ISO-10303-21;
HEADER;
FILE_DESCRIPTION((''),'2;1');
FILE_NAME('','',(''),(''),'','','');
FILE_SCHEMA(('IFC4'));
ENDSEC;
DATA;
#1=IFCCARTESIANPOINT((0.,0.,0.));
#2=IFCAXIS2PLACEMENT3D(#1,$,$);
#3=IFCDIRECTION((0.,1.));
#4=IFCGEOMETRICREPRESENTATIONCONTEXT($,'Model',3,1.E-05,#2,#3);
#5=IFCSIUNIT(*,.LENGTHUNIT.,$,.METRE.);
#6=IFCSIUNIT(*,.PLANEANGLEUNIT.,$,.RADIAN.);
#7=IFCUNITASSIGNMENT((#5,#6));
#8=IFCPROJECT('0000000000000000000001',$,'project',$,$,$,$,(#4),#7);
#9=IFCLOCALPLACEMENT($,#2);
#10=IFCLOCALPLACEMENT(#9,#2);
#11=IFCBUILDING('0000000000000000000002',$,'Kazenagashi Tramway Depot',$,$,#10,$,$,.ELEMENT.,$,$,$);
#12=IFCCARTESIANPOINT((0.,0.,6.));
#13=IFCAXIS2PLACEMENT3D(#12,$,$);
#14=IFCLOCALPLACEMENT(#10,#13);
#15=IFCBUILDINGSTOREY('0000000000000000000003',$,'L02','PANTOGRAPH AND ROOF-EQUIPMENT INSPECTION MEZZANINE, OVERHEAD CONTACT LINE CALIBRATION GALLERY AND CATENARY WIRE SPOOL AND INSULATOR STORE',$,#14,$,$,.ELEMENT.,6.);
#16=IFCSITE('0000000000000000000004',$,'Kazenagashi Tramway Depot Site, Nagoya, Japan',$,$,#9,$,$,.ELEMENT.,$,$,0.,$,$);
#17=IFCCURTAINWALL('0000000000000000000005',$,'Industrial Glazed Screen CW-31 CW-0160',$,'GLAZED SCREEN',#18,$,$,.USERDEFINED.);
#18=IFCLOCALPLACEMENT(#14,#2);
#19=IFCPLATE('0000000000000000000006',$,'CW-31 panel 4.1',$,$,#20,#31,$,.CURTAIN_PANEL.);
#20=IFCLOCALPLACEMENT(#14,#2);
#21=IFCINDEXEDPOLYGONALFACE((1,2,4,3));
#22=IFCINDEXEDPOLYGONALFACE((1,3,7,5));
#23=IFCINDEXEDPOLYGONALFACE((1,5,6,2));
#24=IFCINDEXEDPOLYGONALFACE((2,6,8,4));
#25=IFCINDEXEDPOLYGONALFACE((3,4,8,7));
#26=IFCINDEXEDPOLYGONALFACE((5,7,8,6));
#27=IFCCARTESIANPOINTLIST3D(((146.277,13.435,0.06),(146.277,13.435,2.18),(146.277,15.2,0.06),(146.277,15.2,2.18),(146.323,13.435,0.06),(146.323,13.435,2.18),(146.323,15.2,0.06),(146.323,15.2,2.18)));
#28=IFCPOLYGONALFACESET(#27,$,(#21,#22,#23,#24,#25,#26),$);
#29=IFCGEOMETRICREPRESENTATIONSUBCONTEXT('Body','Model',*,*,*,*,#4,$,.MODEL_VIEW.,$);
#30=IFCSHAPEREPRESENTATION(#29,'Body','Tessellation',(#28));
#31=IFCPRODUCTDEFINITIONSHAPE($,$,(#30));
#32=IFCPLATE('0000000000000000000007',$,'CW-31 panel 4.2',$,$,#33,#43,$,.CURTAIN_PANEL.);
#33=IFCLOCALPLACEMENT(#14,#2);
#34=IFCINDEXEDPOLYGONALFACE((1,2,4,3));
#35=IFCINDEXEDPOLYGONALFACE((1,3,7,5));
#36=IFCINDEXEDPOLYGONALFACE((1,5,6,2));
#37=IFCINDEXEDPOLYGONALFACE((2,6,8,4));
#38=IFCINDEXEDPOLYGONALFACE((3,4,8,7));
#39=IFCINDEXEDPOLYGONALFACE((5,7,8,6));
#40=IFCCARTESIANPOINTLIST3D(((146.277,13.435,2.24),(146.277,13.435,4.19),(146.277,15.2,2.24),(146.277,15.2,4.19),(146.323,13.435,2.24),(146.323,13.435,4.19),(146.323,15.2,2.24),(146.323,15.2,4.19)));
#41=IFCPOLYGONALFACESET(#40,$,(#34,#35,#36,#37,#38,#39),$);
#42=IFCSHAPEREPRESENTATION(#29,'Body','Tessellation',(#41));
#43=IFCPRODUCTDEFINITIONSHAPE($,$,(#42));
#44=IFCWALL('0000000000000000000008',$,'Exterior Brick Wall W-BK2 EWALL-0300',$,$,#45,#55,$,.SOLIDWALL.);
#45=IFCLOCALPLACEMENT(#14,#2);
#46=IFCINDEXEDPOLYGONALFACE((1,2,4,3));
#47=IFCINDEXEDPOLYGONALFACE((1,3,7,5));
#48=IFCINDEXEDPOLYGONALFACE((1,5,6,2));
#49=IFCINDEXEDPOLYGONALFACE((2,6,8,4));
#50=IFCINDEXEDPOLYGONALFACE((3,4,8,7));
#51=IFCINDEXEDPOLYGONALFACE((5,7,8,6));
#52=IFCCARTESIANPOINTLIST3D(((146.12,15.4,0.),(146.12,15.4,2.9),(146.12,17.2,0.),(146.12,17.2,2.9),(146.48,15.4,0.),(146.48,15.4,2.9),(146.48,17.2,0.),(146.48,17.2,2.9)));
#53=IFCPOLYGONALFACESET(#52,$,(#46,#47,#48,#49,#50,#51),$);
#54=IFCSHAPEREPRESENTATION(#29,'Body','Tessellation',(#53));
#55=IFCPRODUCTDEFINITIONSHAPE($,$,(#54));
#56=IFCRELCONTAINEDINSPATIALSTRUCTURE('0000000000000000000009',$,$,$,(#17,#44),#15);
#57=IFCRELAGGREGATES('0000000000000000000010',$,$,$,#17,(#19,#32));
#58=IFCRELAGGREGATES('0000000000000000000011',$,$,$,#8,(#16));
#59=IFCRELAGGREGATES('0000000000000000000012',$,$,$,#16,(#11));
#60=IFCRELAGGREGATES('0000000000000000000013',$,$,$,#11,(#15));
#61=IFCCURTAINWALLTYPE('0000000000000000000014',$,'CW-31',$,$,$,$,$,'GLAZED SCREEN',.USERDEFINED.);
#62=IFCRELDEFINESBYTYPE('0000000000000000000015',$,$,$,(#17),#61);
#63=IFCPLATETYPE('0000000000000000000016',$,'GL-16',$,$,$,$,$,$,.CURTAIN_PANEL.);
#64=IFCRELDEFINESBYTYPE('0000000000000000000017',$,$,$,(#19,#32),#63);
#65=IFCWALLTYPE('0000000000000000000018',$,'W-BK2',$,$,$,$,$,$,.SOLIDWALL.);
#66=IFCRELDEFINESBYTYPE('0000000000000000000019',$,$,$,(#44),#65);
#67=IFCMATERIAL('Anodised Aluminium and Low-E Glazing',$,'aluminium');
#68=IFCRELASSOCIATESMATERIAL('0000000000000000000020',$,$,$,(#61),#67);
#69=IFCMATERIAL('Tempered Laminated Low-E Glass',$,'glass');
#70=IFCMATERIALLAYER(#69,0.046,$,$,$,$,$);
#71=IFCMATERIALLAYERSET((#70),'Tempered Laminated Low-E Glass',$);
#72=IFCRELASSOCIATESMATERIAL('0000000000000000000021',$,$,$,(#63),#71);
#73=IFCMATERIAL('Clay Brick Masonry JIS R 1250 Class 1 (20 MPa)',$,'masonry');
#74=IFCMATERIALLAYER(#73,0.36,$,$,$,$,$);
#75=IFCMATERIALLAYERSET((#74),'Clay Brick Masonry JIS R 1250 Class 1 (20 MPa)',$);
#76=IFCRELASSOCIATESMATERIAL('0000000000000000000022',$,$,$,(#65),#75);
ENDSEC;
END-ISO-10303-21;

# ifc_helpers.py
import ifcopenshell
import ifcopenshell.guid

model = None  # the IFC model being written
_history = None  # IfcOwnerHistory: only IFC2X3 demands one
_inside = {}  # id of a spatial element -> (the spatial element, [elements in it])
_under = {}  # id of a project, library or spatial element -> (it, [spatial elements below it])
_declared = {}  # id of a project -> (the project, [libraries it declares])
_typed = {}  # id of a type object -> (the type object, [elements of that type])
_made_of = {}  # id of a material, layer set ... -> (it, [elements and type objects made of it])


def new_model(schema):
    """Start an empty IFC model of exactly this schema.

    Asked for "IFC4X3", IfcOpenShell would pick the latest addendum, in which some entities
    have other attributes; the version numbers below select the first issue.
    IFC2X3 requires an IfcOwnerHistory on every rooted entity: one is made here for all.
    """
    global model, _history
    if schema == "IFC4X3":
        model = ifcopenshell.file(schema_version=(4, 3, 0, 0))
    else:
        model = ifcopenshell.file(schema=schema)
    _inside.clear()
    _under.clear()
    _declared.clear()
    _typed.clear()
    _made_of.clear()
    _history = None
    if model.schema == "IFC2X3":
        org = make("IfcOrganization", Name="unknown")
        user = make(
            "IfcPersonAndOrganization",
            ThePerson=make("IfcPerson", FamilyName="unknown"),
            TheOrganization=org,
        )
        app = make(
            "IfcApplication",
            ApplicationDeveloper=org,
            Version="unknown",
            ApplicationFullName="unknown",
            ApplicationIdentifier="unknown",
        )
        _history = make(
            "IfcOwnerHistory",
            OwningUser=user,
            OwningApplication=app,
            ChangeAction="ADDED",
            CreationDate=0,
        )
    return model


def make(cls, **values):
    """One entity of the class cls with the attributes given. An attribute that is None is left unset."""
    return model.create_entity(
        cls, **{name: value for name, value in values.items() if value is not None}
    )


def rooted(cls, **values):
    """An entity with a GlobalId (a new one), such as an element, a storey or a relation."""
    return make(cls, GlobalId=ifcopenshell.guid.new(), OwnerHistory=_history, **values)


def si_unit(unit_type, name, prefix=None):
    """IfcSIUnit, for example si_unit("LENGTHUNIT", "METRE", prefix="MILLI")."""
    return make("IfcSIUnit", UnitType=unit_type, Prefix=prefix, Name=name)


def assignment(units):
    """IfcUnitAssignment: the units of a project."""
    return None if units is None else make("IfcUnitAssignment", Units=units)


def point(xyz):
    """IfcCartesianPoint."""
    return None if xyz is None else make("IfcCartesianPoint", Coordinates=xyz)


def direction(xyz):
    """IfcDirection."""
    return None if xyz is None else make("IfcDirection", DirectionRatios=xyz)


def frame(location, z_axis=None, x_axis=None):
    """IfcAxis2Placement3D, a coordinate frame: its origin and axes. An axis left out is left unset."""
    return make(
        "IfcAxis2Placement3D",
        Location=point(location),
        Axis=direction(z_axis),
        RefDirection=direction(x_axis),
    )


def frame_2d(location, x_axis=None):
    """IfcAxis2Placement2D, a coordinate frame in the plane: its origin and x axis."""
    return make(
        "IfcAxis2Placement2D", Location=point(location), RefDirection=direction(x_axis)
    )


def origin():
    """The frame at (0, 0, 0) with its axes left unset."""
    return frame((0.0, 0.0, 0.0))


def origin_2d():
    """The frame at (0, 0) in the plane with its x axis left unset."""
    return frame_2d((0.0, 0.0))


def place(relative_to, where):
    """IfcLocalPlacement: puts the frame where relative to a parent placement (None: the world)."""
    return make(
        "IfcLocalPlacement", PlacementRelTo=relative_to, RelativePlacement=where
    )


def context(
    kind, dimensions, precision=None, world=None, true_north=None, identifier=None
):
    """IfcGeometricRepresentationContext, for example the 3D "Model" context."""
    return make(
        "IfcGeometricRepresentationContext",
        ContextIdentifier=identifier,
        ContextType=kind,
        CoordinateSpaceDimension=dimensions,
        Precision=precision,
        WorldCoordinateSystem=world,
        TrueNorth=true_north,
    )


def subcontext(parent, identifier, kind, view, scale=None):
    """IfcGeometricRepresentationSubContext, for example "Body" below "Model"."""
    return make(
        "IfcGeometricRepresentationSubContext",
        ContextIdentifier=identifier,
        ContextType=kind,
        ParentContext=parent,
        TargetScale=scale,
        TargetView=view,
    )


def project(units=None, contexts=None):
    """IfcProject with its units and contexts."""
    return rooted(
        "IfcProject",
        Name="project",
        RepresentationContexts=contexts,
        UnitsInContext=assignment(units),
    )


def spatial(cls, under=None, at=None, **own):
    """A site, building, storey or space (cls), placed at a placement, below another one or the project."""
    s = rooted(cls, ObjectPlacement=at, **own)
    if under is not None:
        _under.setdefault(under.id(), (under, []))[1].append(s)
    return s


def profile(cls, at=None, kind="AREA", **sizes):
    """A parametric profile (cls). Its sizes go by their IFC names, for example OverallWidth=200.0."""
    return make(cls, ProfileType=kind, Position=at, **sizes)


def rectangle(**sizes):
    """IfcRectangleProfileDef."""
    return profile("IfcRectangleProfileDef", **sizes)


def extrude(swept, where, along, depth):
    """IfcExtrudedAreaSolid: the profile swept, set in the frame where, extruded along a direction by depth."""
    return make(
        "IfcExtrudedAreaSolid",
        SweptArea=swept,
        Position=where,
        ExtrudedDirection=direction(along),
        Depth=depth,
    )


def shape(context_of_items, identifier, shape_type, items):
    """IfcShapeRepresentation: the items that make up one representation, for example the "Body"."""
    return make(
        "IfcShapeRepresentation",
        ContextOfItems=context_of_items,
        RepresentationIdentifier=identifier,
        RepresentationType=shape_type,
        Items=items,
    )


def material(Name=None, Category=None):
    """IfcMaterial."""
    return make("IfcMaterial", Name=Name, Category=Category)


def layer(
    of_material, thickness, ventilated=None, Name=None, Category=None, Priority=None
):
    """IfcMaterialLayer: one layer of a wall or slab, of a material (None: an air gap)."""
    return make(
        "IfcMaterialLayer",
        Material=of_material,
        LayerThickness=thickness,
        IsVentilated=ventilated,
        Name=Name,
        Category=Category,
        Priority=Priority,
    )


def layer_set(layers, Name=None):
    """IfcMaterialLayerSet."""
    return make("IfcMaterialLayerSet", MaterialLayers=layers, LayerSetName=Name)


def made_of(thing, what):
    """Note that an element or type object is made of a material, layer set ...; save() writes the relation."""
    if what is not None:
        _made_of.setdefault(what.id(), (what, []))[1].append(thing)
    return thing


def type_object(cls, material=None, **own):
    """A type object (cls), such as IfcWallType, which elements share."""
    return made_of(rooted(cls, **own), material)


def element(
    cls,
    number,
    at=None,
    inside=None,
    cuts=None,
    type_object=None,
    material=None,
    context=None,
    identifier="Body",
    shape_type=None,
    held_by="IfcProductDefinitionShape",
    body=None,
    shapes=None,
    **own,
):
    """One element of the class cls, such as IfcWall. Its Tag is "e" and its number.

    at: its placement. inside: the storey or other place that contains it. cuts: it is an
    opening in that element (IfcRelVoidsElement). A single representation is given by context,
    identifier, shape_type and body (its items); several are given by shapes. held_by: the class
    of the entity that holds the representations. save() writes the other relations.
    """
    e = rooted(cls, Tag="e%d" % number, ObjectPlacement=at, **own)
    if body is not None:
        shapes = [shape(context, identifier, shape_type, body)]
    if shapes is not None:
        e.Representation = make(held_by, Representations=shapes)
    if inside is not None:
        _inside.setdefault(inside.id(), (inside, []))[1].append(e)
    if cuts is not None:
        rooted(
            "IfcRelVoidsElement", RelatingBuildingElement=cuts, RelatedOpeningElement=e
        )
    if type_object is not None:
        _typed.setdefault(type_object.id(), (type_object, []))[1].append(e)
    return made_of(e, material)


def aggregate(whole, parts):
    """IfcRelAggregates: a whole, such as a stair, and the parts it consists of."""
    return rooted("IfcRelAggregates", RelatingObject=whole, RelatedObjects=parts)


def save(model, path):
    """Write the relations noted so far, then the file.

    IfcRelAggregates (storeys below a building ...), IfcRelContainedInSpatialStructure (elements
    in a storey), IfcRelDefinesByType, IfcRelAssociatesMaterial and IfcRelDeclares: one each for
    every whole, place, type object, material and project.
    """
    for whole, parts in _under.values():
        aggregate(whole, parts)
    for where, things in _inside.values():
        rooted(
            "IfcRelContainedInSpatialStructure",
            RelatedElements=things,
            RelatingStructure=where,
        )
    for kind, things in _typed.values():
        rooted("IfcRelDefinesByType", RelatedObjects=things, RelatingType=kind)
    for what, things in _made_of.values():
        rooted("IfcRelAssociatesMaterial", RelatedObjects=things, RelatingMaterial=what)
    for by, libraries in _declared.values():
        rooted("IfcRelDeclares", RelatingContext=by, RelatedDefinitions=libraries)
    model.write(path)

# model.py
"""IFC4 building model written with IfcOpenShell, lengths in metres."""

from ifc_helpers import new_model, si_unit, direction, frame, frame_2d, origin, origin_2d, place, context, subcontext, project, spatial, rectangle, extrude, material, layer, layer_set, type_object, element, aggregate, save


model = new_model("IFC4")

# Units and contexts
model_context = context("Model", 3, precision=1e-05, world=origin(), true_north=direction((0.0, 1.0)))
body_context = subcontext(model_context, "Body", "Model", "MODEL_VIEW")
ifc_project = project(units=[si_unit("LENGTHUNIT", "METRE"), si_unit("PLANEANGLEUNIT", "RADIAN")], contexts=[model_context])

# Site, building, storey
site_placement = place(None, origin())
site = spatial("IfcSite", under=ifc_project, at=site_placement, Name="Kazenagashi Tramway Depot Site, Nagoya, Japan", CompositionType="ELEMENT", RefElevation=0.0)
building_placement = place(site_placement, origin())
building = spatial("IfcBuilding", under=site, at=building_placement, Name="Kazenagashi Tramway Depot", CompositionType="ELEMENT")
storey_placement = place(building_placement, frame((0.0, 0.0, 6.0)))
storey = spatial("IfcBuildingStorey", under=building, at=storey_placement, Name="L02", Description="PANTOGRAPH AND ROOF-EQUIPMENT INSPECTION MEZZANINE, OVERHEAD CONTACT LINE CALIBRATION GALLERY AND CATENARY WIRE SPOOL AND INSULATOR STORE", CompositionType="ELEMENT", Elevation=6.0)

# Curtain wall
ifc_material_1 = material(Name="Anodised Aluminium and Low-E Glazing", Category="aluminium")
curtain_wall_type_1 = type_object("IfcCurtainWallType", Name="CW-31", ElementType="GLAZED SCREEN", PredefinedType="USERDEFINED", material=ifc_material_1)
curtain_wall_1_placement = place(storey_placement, origin())
curtain_wall_1 = element("IfcCurtainWall", 1, at=curtain_wall_1_placement, inside=storey, type_object=curtain_wall_type_1, Name="Industrial Glazed Screen CW-31 CW-0160", ObjectType="GLAZED SCREEN", PredefinedType="USERDEFINED")

# Plates
ifc_material_2 = material(Name="Tempered Laminated Low-E Glass", Category="glass")
ifc_layer_1 = layer(ifc_material_2, 0.046)
ifc_layer_set_1 = layer_set([ifc_layer_1], Name="Tempered Laminated Low-E Glass")
plate_type_1 = type_object("IfcPlateType", Name="GL-16", PredefinedType="CURTAIN_PANEL", material=ifc_layer_set_1)
plate_1_placement = place(storey_placement, frame((146.3, 14.3175, 0.06), z_axis=(0.0, 0.0, 1.0), x_axis=(0.0, 1.0, 0.0)))
plate_1 = element("IfcPlate", 2, at=plate_1_placement, type_object=plate_type_1, Name="CW-31 panel 4.1", PredefinedType="CURTAIN_PANEL", context=body_context, shape_type="SweptSolid", body=[
    extrude(rectangle(XDim=1.765, YDim=0.046, at=origin_2d()), origin(), (0.0, 0.0, 1.0), 2.12),
])
plate_2_placement = place(storey_placement, frame((146.3, 14.3175, 2.24), z_axis=(0.0, 0.0, 1.0), x_axis=(0.0, 1.0, 0.0)))
plate_2 = element("IfcPlate", 3, at=plate_2_placement, type_object=plate_type_1, Name="CW-31 panel 4.2", PredefinedType="CURTAIN_PANEL", context=body_context, shape_type="SweptSolid", body=[
    extrude(rectangle(XDim=1.765, YDim=0.046, at=origin_2d()), origin(), (0.0, 0.0, 1.0), 1.95),
])
aggregate(curtain_wall_1, [plate_1, plate_2])

# Wall
ifc_material_3 = material(Name="Clay Brick Masonry JIS R 1250 Class 1 (20 MPa)", Category="masonry")
ifc_layer_2 = layer(ifc_material_3, 0.36)
ifc_layer_set_2 = layer_set([ifc_layer_2], Name="Clay Brick Masonry JIS R 1250 Class 1 (20 MPa)")
wall_type = type_object("IfcWallType", Name="W-BK2", PredefinedType="SOLIDWALL", material=ifc_layer_set_2)
wall_placement = place(storey_placement, frame((146.3, 15.4, 0.0), z_axis=(0.0, 0.0, 1.0), x_axis=(0.0, 1.0, 0.0)))
element("IfcWall", 4, at=wall_placement, inside=storey, type_object=wall_type, Name="Exterior Brick Wall W-BK2 EWALL-0300", PredefinedType="SOLIDWALL", context=body_context, shape_type="SweptSolid", body=[
    extrude(rectangle(XDim=1.8, YDim=0.36, at=frame_2d((0.9, 0.0))), origin(), (0.0, 0.0, 1.0), 2.9),
])

save(model, "model.ifc")
